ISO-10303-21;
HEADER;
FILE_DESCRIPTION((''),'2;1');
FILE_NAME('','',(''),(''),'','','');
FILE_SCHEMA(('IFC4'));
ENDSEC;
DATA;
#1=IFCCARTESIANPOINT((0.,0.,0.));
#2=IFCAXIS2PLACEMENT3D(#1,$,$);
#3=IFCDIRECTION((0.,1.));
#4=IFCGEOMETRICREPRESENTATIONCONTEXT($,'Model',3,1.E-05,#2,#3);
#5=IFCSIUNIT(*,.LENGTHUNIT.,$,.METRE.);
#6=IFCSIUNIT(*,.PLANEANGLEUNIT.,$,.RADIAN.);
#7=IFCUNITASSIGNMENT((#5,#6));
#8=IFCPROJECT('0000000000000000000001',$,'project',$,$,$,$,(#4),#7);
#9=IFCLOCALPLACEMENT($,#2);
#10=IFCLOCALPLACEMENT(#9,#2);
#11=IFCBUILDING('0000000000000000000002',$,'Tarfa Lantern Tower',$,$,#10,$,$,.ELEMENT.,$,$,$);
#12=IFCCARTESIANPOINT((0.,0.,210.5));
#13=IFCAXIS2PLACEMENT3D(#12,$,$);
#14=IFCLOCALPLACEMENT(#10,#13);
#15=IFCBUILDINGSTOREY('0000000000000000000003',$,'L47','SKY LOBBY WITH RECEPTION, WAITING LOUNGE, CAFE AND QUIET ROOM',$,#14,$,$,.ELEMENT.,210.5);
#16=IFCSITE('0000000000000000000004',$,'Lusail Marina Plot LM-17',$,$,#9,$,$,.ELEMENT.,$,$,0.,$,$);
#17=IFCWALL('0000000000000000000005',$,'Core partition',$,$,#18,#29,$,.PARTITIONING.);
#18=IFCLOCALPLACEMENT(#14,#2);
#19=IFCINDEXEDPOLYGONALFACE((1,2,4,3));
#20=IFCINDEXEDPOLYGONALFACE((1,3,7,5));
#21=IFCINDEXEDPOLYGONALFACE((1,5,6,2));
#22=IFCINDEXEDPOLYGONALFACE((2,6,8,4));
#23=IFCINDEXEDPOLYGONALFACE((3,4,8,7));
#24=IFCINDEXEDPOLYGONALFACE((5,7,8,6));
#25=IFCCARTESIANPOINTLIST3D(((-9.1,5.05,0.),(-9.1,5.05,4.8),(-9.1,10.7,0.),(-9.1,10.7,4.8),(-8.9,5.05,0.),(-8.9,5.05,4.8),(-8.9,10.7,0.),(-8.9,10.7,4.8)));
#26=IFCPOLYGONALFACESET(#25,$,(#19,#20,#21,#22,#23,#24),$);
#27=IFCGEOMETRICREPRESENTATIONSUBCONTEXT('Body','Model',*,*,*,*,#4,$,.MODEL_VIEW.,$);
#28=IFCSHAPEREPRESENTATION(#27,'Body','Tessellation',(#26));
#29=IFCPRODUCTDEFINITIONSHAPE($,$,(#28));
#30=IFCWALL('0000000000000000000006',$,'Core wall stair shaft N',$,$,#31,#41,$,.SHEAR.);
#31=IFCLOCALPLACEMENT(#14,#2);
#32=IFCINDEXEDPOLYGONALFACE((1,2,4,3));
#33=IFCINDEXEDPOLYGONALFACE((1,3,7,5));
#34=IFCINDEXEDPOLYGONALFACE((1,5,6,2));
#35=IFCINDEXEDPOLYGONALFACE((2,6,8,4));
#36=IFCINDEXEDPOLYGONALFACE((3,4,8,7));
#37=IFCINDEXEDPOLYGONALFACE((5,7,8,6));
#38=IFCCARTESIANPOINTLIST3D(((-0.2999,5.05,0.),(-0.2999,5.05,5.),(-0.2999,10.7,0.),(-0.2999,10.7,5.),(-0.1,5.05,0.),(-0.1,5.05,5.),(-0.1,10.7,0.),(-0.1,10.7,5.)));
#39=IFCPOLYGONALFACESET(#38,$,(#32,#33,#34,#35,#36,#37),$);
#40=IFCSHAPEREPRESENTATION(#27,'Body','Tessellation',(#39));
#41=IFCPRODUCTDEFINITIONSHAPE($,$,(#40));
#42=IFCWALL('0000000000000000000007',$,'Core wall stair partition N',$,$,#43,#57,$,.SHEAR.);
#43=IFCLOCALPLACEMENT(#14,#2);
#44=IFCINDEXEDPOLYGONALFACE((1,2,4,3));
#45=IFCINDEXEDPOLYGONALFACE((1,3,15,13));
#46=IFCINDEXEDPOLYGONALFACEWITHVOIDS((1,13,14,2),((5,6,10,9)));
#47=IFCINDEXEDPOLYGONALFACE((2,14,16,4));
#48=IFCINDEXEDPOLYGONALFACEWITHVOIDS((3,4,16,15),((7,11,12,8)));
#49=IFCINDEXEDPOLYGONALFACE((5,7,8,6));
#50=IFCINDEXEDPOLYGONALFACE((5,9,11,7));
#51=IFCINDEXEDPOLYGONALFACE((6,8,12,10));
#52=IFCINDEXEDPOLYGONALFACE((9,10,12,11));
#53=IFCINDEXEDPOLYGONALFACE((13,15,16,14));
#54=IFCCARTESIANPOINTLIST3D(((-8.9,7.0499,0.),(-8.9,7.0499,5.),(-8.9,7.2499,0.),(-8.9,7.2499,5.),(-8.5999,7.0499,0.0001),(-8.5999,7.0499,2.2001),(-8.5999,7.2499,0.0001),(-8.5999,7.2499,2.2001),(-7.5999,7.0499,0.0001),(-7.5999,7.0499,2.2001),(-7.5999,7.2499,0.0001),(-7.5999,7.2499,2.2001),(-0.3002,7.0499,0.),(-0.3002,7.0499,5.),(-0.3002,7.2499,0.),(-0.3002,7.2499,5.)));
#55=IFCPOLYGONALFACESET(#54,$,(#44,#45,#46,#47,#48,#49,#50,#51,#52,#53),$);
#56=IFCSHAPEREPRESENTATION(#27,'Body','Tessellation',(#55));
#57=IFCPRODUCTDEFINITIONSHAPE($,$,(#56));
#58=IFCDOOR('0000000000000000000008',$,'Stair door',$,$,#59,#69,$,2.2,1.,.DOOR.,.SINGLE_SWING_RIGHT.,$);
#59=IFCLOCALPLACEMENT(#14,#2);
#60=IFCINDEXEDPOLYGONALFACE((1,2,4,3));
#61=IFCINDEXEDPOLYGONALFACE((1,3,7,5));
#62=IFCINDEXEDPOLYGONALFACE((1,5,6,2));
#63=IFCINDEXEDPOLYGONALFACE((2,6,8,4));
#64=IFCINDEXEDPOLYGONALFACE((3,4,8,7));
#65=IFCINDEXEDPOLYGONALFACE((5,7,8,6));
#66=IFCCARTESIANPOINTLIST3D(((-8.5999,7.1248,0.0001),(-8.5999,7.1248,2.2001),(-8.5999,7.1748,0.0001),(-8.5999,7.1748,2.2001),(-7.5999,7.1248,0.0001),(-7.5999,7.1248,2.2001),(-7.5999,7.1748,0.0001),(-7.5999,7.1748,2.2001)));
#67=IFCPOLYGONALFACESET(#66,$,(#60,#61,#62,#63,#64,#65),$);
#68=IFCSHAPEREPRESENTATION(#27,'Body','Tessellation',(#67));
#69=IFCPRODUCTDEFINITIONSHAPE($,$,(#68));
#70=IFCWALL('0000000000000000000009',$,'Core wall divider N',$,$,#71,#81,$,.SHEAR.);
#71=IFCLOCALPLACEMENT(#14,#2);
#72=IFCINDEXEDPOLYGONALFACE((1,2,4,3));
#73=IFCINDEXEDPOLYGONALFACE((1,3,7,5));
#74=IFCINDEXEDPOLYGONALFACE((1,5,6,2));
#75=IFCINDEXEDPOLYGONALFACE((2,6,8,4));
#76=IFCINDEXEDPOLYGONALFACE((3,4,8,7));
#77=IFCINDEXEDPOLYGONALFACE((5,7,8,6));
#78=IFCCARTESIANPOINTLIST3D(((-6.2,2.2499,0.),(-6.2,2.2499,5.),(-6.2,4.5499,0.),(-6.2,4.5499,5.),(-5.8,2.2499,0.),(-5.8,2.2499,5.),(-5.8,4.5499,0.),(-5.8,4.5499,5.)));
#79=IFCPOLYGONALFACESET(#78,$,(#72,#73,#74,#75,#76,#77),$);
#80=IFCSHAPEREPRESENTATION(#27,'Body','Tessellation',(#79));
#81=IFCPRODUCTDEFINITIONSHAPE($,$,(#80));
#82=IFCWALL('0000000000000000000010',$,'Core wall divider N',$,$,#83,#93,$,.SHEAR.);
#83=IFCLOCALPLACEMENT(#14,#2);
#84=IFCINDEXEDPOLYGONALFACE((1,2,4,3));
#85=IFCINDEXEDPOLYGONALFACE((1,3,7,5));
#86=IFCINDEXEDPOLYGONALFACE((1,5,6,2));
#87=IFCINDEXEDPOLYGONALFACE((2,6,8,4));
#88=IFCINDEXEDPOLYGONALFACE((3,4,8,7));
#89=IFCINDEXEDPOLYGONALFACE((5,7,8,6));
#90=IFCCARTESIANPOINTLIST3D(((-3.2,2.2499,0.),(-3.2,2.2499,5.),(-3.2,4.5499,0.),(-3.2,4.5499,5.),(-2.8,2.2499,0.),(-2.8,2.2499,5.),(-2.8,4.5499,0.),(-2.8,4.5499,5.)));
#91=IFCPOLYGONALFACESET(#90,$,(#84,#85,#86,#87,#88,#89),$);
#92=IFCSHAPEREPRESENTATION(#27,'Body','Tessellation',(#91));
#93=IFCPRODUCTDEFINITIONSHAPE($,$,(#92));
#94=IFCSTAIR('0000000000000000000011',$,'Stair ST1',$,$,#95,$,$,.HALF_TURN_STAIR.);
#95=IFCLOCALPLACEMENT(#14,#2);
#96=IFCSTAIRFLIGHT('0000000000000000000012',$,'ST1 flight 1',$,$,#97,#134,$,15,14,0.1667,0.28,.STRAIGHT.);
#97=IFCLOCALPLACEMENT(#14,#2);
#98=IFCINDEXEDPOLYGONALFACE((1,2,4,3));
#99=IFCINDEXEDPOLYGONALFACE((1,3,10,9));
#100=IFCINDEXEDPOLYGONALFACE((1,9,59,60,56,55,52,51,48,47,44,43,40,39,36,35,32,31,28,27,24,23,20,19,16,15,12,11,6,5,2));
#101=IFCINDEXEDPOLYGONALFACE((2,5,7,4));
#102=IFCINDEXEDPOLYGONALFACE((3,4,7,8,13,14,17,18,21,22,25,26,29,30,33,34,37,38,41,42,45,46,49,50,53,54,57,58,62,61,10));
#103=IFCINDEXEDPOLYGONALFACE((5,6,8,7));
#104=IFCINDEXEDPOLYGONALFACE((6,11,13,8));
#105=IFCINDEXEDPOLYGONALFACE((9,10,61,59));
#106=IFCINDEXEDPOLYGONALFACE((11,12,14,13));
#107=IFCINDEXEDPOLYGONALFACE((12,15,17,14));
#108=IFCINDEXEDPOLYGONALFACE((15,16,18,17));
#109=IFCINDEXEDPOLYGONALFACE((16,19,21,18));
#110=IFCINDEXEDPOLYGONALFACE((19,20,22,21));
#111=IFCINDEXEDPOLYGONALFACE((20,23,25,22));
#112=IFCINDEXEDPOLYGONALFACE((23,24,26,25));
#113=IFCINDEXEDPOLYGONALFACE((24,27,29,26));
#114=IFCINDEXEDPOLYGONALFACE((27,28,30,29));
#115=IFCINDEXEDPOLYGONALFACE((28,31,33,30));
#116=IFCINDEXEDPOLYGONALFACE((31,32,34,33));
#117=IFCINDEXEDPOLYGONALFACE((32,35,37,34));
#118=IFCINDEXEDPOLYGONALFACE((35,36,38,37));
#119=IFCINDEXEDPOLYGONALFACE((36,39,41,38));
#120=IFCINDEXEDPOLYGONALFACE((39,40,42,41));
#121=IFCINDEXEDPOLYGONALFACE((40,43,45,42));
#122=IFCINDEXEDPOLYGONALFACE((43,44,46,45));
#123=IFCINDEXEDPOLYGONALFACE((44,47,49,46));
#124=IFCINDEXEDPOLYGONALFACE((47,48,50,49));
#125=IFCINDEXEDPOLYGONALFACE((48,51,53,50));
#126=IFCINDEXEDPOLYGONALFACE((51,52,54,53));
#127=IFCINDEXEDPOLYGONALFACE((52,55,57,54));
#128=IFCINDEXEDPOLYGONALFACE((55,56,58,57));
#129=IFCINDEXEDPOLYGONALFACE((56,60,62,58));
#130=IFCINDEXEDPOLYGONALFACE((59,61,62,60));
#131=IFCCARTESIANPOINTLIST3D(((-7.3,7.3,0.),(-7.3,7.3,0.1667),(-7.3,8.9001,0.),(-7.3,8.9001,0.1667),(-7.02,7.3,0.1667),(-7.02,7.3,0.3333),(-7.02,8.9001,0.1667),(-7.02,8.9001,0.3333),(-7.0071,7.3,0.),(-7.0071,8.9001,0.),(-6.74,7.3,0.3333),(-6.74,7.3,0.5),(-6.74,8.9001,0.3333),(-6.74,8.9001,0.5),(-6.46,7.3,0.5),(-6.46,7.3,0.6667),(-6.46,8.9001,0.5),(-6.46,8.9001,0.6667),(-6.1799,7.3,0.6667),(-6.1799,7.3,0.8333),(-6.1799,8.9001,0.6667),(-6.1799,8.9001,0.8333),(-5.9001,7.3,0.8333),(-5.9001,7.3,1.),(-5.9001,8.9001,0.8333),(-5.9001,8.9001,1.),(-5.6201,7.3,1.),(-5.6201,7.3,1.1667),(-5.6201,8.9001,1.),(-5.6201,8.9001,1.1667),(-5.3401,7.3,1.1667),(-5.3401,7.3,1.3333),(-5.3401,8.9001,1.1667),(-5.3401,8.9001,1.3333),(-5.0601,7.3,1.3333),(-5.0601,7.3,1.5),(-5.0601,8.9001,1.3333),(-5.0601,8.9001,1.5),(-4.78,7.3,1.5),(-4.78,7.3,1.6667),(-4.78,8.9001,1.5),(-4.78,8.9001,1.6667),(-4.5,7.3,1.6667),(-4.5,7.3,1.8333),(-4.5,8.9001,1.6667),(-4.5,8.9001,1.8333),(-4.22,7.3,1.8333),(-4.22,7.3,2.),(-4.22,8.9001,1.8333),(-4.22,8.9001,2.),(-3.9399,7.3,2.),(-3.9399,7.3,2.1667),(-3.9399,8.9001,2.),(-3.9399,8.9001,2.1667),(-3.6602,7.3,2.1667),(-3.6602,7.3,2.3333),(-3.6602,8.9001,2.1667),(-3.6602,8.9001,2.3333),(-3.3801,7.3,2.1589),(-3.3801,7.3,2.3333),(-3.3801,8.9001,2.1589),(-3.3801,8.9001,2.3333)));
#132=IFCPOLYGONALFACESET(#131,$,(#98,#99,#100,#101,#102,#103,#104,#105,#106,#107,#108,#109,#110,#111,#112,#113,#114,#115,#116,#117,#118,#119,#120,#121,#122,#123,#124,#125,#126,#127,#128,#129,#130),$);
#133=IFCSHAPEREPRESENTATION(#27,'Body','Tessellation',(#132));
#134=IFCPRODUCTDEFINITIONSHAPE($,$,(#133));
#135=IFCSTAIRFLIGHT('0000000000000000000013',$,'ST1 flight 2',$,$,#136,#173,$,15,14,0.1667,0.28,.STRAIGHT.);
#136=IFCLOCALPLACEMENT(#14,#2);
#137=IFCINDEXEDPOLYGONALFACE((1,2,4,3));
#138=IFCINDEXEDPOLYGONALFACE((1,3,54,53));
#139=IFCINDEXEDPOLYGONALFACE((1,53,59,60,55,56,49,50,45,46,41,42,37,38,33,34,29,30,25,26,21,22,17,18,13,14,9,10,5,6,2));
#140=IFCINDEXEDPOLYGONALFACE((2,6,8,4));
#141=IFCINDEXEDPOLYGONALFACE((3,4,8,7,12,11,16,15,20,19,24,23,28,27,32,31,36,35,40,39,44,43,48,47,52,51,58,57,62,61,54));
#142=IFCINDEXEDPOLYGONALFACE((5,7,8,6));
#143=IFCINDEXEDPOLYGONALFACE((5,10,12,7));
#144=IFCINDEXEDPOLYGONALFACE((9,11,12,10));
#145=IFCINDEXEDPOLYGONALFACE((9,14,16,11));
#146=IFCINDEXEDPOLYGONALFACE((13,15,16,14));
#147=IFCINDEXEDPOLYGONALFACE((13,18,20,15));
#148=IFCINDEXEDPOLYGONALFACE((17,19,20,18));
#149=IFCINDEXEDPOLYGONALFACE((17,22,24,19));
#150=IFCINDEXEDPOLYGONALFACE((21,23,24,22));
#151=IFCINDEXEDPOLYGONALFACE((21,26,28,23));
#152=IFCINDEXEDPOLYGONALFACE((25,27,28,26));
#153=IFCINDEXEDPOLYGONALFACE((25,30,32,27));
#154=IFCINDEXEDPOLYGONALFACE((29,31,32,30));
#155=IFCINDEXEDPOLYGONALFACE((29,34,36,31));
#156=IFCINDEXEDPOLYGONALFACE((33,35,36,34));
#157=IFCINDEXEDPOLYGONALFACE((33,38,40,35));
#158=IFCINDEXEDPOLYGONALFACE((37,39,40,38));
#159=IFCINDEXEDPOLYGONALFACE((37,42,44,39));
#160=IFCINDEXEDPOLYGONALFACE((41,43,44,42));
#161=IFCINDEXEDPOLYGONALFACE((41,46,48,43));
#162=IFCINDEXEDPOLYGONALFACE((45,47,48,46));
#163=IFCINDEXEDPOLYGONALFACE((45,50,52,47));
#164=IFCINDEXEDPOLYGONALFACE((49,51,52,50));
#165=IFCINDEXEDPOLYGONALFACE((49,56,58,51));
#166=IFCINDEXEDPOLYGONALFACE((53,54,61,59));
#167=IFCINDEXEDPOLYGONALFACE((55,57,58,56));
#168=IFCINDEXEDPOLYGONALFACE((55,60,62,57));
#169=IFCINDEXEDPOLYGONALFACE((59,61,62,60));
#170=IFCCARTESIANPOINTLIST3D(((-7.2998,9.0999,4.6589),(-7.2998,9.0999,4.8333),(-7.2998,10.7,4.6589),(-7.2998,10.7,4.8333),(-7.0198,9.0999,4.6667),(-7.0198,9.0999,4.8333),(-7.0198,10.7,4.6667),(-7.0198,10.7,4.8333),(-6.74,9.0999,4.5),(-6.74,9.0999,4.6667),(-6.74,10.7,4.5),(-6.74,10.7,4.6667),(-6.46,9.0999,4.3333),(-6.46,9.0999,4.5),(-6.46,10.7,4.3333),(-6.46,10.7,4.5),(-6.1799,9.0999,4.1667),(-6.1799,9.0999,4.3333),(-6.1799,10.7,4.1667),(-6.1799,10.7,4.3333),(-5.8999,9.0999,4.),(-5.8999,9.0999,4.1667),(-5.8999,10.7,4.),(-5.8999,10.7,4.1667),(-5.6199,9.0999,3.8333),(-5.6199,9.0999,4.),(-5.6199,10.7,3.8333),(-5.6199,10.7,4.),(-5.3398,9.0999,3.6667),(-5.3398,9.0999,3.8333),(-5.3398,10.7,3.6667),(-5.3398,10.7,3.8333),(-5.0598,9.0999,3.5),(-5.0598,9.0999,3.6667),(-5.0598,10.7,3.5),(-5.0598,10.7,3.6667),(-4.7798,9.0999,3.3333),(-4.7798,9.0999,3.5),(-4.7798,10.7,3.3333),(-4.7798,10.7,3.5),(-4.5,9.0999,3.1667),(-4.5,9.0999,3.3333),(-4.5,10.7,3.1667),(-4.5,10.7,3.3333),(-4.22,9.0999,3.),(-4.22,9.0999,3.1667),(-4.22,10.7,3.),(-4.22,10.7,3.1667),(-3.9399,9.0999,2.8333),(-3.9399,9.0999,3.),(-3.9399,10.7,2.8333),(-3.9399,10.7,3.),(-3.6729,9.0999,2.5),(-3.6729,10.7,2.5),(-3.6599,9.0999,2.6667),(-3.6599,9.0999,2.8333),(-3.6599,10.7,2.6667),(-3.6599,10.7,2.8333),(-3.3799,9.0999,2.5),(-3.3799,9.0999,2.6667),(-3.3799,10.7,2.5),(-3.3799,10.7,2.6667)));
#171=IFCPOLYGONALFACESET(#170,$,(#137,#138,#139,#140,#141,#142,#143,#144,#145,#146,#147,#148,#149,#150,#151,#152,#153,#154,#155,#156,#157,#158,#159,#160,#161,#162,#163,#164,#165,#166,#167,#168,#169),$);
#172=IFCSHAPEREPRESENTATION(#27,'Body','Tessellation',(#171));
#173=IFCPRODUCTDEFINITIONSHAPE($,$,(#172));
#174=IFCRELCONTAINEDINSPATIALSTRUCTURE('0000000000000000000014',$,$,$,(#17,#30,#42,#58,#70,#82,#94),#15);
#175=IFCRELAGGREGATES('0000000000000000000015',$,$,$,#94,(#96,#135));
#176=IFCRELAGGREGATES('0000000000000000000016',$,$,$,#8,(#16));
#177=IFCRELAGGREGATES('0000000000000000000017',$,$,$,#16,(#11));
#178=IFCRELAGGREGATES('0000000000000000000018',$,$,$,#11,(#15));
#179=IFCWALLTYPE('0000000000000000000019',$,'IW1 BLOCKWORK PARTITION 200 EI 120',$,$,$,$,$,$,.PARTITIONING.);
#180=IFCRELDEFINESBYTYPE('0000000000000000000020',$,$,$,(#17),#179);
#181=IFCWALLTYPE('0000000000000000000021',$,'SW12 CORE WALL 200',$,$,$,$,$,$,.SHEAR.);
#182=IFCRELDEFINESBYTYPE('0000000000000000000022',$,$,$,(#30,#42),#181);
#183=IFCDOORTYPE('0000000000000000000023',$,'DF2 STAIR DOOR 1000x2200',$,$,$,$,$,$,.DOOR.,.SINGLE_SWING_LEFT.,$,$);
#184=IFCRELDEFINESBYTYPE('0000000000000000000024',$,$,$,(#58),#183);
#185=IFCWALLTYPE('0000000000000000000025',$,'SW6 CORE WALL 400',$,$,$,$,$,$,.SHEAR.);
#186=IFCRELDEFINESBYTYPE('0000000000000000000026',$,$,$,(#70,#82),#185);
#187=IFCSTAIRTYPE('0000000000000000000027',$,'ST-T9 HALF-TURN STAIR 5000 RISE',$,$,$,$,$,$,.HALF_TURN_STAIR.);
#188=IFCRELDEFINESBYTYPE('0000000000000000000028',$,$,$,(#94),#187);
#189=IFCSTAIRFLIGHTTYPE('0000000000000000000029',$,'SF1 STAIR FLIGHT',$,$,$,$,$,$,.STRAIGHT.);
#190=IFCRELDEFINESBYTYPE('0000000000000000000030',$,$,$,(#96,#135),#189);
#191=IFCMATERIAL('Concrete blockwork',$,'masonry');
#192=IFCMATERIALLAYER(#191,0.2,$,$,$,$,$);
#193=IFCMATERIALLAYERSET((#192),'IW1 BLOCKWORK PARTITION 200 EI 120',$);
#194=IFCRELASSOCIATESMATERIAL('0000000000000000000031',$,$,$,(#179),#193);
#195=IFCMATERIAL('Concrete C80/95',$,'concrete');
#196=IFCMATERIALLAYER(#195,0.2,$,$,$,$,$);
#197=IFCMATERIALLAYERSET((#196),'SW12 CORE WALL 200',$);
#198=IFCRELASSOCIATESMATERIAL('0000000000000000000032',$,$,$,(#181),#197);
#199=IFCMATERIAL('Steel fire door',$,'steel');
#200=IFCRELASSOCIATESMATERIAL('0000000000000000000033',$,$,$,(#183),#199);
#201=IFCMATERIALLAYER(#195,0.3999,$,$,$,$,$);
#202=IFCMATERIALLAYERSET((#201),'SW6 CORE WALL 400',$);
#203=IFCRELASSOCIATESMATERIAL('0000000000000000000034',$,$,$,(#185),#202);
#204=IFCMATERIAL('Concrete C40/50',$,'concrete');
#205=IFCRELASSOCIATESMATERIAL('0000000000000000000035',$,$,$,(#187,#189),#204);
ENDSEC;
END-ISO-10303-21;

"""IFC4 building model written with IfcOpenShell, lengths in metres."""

from ifc_helpers import new_model, si_unit, direction, frame, frame_2d, origin, place, context, subcontext, project, spatial, polyline, rectangle, outline, extrude, material, layer, layer_set, type_object, element, fill, aggregate, save


model = new_model("IFC4")

# Units and contexts
model_context = context("Model", 3, precision=1e-05, world=origin(), true_north=direction((0.0, 1.0)))
body_context = subcontext(model_context, "Body", "Model", "MODEL_VIEW")
ifc_project = project(units=[si_unit("LENGTHUNIT", "METRE"), si_unit("PLANEANGLEUNIT", "RADIAN")], contexts=[model_context])

# Site, building, storey
site_placement = place(None, origin())
site = spatial("IfcSite", under=ifc_project, at=site_placement, Name="Lusail Marina Plot LM-17", CompositionType="ELEMENT", RefElevation=0.0)
building_placement = place(site_placement, origin())
building = spatial("IfcBuilding", under=site, at=building_placement, Name="Tarfa Lantern Tower", CompositionType="ELEMENT")
storey_placement = place(building_placement, frame((0.0, 0.0, 210.5)))
storey = spatial("IfcBuildingStorey", under=building, at=storey_placement, Name="L47", Description="SKY LOBBY WITH RECEPTION, WAITING LOUNGE, CAFE AND QUIET ROOM", CompositionType="ELEMENT", Elevation=210.5)

# Walls
ifc_material_1 = material(Name="Concrete blockwork", Category="masonry")
ifc_layer_1 = layer(ifc_material_1, 0.2)
ifc_layer_set_1 = layer_set([ifc_layer_1], Name="IW1 BLOCKWORK PARTITION 200 EI 120")
wall_type_1 = type_object("IfcWallType", Name="IW1 BLOCKWORK PARTITION 200 EI 120", PredefinedType="PARTITIONING", material=ifc_layer_set_1)
wall_1_placement = place(storey_placement, frame((-9.0, 5.05, 0.0), z_axis=(0.0, 0.0, 1.0), x_axis=(0.0, 1.0, 0.0)))
element("IfcWall", 1, at=wall_1_placement, inside=storey, type_object=wall_type_1, Name="Core partition", PredefinedType="PARTITIONING", context=body_context, shape_type="SweptSolid", body=[
    extrude(rectangle(XDim=5.6499, YDim=0.2, at=frame_2d((2.825, 0.0))), origin(), (0.0, 0.0, 1.0), 4.8),
])
ifc_material_2 = material(Name="Concrete C80/95", Category="concrete")
ifc_layer_2 = layer(ifc_material_2, 0.2)
ifc_layer_set_2 = layer_set([ifc_layer_2], Name="SW12 CORE WALL 200")
wall_type_2 = type_object("IfcWallType", Name="SW12 CORE WALL 200", PredefinedType="SHEAR", material=ifc_layer_set_2)
wall_2_placement = place(storey_placement, frame((-0.2, 5.05, 0.0), z_axis=(0.0, 0.0, 1.0), x_axis=(0.0, 1.0, 0.0)))
element("IfcWall", 2, at=wall_2_placement, inside=storey, type_object=wall_type_2, Name="Core wall stair shaft N", PredefinedType="SHEAR", context=body_context, shape_type="SweptSolid", body=[
    extrude(rectangle(XDim=5.6499, YDim=0.2, at=frame_2d((2.825, 0.0))), origin(), (0.0, 0.0, 1.0), 5.0),
])

# Wall, opening, door
wall_3_placement = place(storey_placement, frame((-8.8999, 7.1499, 0.0), z_axis=(0.0, 0.0, 1.0), x_axis=(1.0, 0.0, 0.0)))
wall_3 = element("IfcWall", 3, at=wall_3_placement, inside=storey, type_object=wall_type_2, Name="Core wall stair partition N", PredefinedType="SHEAR", context=body_context, shape_type="SweptSolid", body=[
    extrude(rectangle(XDim=8.5999, YDim=0.2, at=frame_2d((4.2998, 0.0))), origin(), (0.0, 0.0, 1.0), 5.0),
])
opening_placement = place(wall_3_placement, frame((0.3, 0.0, 0.0)))
opening = element("IfcOpeningElement", 4, at=opening_placement, cuts=wall_3, PredefinedType="OPENING", context=body_context, shape_type="SweptSolid", body=[
    extrude(rectangle(XDim=1.0, YDim=2.2, at=frame_2d((0.5, 1.1001))), frame((0.0, 0.1099, 0.0), z_axis=(0.0, -1.0, 0.0), x_axis=(1.0, 0.0, 0.0)), (0.0, 0.0, 1.0), 0.22),
])
ifc_material_3 = material(Name="Steel fire door", Category="steel")
door_type = type_object("IfcDoorType", Name="DF2 STAIR DOOR 1000x2200", OperationType="SINGLE_SWING_LEFT", PredefinedType="DOOR", material=ifc_material_3)
door_placement = place(opening_placement, origin())
door = element("IfcDoor", 5, at=door_placement, inside=storey, type_object=door_type, Name="Stair door", OperationType="SINGLE_SWING_RIGHT", OverallHeight=2.2, OverallWidth=1.0, PredefinedType="DOOR", context=body_context, shape_type="SweptSolid", body=[
    extrude(rectangle(XDim=1.0, YDim=2.2, at=frame_2d((0.5, 1.1001))), frame((0.0, 0.0249, 0.0), z_axis=(0.0, -1.0, 0.0), x_axis=(1.0, 0.0, 0.0)), (0.0, 0.0, 1.0), 0.05),
])
fill(opening, door)

# Walls
ifc_layer_3 = layer(ifc_material_2, 0.3999)
ifc_layer_set_3 = layer_set([ifc_layer_3], Name="SW6 CORE WALL 400")
wall_type_3 = type_object("IfcWallType", Name="SW6 CORE WALL 400", PredefinedType="SHEAR", material=ifc_layer_set_3)
for number, where, z_axis, x_axis, name in (
    (6, (-6.0, 2.25, 0.0), (0.0, 0.0, 1.0), (0.0, 1.0, 0.0), "Core wall divider N"),
    (7, (-3.0, 2.25, 0.0), (0.0, 0.0, 1.0), (0.0, 1.0, 0.0), "Core wall divider N"),
):
    element("IfcWall", number, at=place(storey_placement, frame(where, z_axis=z_axis, x_axis=x_axis)), inside=storey, type_object=wall_type_3, Name=name, PredefinedType="SHEAR", context=body_context, shape_type="SweptSolid", body=[
        extrude(rectangle(XDim=2.3, YDim=0.3999, at=frame_2d((1.1499, 0.0))), origin(), (0.0, 0.0, 1.0), 5.0),
    ])

# Stair, stair flights
ifc_material_4 = material(Name="Concrete C40/50", Category="concrete")
stair_type = type_object("IfcStairType", Name="ST-T9 HALF-TURN STAIR 5000 RISE", PredefinedType="HALF_TURN_STAIR", material=ifc_material_4)
stair_placement = place(storey_placement, origin())
stair = element("IfcStair", 8, at=stair_placement, inside=storey, type_object=stair_type, Name="Stair ST1", PredefinedType="HALF_TURN_STAIR")
stair_flight_type = type_object("IfcStairFlightType", Name="SF1 STAIR FLIGHT", PredefinedType="STRAIGHT", material=ifc_material_4)
stair_flight_1_placement = place(storey_placement, frame((-7.3, 8.1001, 0.0), z_axis=(0.0, 0.0, 1.0), x_axis=(1.0, 0.0, 0.0)))
stair_flight_1 = element("IfcStairFlight", 9, at=stair_flight_1_placement, type_object=stair_flight_type, Name="ST1 flight 1", NumberOfRisers=15, NumberOfTreads=14, PredefinedType="STRAIGHT", RiserHeight=0.1667, TreadLength=0.28, context=body_context, shape_type="SweptSolid", body=[
    extrude(outline(polyline([(0.0, 0.0), (0.0, 0.1667), (0.28, 0.1667), (0.28, 0.3333), (0.5601, 0.3333), (0.5601, 0.5), (0.8401, 0.5), (0.8401, 0.6667), (1.1201, 0.6667), (1.1201, 0.8333), (1.3999, 0.8333), (1.3999, 1.0), (1.6799, 1.0), (1.6799, 1.1667), (1.96, 1.1667), (1.96, 1.3333), (2.24, 1.3333), (2.24, 1.5), (2.52, 1.5), (2.52, 1.6667), (2.8, 1.6667), (2.8, 1.8333), (3.0801, 1.8333), (3.0801, 2.0), (3.3601, 2.0), (3.3601, 2.1667), (3.6399, 2.1667), (3.6399, 2.3333), (3.9199, 2.3333), (3.9199, 2.5), (3.9199, 2.1589), (0.293, 0.0), (0.0, 0.0)])), frame((0.0, 0.8, 0.0), z_axis=(0.0, -1.0, 0.0), x_axis=(1.0, 0.0, 0.0)), (0.0, 0.0, 1.0), 1.6001),
])
stair_flight_2_placement = place(storey_placement, frame((-3.3799, 9.8999, 2.5), z_axis=(0.0, 0.0, 1.0), x_axis=(-1.0, 0.0, 0.0)))
stair_flight_2 = element("IfcStairFlight", 10, at=stair_flight_2_placement, type_object=stair_flight_type, Name="ST1 flight 2", NumberOfRisers=15, NumberOfTreads=14, PredefinedType="STRAIGHT", RiserHeight=0.1667, TreadLength=0.28, context=body_context, shape_type="SweptSolid", body=[
    extrude(outline(polyline([(0.0, 0.0), (0.0, 0.1667), (0.28, 0.1667), (0.28, 0.3333), (0.5601, 0.3333), (0.5601, 0.5), (0.8401, 0.5), (0.8401, 0.6667), (1.1201, 0.6667), (1.1201, 0.8333), (1.3999, 0.8333), (1.3999, 1.0), (1.6799, 1.0), (1.6799, 1.1667), (1.96, 1.1667), (1.96, 1.3333), (2.24, 1.3333), (2.24, 1.5), (2.52, 1.5), (2.52, 1.6667), (2.8, 1.6667), (2.8, 1.8333), (3.0801, 1.8333), (3.0801, 2.0), (3.3601, 2.0), (3.3601, 2.1667), (3.6399, 2.1667), (3.6399, 2.3333), (3.9199, 2.3333), (3.9199, 2.5), (3.9199, 2.1589), (0.293, 0.0), (0.0, 0.0)])), frame((0.0, 0.8, 0.0), z_axis=(0.0, -1.0, 0.0), x_axis=(1.0, 0.0, 0.0)), (0.0, 0.0, 1.0), 1.6001),
])
aggregate(stair, [stair_flight_1, stair_flight_2])

save(model, "model.ifc")
